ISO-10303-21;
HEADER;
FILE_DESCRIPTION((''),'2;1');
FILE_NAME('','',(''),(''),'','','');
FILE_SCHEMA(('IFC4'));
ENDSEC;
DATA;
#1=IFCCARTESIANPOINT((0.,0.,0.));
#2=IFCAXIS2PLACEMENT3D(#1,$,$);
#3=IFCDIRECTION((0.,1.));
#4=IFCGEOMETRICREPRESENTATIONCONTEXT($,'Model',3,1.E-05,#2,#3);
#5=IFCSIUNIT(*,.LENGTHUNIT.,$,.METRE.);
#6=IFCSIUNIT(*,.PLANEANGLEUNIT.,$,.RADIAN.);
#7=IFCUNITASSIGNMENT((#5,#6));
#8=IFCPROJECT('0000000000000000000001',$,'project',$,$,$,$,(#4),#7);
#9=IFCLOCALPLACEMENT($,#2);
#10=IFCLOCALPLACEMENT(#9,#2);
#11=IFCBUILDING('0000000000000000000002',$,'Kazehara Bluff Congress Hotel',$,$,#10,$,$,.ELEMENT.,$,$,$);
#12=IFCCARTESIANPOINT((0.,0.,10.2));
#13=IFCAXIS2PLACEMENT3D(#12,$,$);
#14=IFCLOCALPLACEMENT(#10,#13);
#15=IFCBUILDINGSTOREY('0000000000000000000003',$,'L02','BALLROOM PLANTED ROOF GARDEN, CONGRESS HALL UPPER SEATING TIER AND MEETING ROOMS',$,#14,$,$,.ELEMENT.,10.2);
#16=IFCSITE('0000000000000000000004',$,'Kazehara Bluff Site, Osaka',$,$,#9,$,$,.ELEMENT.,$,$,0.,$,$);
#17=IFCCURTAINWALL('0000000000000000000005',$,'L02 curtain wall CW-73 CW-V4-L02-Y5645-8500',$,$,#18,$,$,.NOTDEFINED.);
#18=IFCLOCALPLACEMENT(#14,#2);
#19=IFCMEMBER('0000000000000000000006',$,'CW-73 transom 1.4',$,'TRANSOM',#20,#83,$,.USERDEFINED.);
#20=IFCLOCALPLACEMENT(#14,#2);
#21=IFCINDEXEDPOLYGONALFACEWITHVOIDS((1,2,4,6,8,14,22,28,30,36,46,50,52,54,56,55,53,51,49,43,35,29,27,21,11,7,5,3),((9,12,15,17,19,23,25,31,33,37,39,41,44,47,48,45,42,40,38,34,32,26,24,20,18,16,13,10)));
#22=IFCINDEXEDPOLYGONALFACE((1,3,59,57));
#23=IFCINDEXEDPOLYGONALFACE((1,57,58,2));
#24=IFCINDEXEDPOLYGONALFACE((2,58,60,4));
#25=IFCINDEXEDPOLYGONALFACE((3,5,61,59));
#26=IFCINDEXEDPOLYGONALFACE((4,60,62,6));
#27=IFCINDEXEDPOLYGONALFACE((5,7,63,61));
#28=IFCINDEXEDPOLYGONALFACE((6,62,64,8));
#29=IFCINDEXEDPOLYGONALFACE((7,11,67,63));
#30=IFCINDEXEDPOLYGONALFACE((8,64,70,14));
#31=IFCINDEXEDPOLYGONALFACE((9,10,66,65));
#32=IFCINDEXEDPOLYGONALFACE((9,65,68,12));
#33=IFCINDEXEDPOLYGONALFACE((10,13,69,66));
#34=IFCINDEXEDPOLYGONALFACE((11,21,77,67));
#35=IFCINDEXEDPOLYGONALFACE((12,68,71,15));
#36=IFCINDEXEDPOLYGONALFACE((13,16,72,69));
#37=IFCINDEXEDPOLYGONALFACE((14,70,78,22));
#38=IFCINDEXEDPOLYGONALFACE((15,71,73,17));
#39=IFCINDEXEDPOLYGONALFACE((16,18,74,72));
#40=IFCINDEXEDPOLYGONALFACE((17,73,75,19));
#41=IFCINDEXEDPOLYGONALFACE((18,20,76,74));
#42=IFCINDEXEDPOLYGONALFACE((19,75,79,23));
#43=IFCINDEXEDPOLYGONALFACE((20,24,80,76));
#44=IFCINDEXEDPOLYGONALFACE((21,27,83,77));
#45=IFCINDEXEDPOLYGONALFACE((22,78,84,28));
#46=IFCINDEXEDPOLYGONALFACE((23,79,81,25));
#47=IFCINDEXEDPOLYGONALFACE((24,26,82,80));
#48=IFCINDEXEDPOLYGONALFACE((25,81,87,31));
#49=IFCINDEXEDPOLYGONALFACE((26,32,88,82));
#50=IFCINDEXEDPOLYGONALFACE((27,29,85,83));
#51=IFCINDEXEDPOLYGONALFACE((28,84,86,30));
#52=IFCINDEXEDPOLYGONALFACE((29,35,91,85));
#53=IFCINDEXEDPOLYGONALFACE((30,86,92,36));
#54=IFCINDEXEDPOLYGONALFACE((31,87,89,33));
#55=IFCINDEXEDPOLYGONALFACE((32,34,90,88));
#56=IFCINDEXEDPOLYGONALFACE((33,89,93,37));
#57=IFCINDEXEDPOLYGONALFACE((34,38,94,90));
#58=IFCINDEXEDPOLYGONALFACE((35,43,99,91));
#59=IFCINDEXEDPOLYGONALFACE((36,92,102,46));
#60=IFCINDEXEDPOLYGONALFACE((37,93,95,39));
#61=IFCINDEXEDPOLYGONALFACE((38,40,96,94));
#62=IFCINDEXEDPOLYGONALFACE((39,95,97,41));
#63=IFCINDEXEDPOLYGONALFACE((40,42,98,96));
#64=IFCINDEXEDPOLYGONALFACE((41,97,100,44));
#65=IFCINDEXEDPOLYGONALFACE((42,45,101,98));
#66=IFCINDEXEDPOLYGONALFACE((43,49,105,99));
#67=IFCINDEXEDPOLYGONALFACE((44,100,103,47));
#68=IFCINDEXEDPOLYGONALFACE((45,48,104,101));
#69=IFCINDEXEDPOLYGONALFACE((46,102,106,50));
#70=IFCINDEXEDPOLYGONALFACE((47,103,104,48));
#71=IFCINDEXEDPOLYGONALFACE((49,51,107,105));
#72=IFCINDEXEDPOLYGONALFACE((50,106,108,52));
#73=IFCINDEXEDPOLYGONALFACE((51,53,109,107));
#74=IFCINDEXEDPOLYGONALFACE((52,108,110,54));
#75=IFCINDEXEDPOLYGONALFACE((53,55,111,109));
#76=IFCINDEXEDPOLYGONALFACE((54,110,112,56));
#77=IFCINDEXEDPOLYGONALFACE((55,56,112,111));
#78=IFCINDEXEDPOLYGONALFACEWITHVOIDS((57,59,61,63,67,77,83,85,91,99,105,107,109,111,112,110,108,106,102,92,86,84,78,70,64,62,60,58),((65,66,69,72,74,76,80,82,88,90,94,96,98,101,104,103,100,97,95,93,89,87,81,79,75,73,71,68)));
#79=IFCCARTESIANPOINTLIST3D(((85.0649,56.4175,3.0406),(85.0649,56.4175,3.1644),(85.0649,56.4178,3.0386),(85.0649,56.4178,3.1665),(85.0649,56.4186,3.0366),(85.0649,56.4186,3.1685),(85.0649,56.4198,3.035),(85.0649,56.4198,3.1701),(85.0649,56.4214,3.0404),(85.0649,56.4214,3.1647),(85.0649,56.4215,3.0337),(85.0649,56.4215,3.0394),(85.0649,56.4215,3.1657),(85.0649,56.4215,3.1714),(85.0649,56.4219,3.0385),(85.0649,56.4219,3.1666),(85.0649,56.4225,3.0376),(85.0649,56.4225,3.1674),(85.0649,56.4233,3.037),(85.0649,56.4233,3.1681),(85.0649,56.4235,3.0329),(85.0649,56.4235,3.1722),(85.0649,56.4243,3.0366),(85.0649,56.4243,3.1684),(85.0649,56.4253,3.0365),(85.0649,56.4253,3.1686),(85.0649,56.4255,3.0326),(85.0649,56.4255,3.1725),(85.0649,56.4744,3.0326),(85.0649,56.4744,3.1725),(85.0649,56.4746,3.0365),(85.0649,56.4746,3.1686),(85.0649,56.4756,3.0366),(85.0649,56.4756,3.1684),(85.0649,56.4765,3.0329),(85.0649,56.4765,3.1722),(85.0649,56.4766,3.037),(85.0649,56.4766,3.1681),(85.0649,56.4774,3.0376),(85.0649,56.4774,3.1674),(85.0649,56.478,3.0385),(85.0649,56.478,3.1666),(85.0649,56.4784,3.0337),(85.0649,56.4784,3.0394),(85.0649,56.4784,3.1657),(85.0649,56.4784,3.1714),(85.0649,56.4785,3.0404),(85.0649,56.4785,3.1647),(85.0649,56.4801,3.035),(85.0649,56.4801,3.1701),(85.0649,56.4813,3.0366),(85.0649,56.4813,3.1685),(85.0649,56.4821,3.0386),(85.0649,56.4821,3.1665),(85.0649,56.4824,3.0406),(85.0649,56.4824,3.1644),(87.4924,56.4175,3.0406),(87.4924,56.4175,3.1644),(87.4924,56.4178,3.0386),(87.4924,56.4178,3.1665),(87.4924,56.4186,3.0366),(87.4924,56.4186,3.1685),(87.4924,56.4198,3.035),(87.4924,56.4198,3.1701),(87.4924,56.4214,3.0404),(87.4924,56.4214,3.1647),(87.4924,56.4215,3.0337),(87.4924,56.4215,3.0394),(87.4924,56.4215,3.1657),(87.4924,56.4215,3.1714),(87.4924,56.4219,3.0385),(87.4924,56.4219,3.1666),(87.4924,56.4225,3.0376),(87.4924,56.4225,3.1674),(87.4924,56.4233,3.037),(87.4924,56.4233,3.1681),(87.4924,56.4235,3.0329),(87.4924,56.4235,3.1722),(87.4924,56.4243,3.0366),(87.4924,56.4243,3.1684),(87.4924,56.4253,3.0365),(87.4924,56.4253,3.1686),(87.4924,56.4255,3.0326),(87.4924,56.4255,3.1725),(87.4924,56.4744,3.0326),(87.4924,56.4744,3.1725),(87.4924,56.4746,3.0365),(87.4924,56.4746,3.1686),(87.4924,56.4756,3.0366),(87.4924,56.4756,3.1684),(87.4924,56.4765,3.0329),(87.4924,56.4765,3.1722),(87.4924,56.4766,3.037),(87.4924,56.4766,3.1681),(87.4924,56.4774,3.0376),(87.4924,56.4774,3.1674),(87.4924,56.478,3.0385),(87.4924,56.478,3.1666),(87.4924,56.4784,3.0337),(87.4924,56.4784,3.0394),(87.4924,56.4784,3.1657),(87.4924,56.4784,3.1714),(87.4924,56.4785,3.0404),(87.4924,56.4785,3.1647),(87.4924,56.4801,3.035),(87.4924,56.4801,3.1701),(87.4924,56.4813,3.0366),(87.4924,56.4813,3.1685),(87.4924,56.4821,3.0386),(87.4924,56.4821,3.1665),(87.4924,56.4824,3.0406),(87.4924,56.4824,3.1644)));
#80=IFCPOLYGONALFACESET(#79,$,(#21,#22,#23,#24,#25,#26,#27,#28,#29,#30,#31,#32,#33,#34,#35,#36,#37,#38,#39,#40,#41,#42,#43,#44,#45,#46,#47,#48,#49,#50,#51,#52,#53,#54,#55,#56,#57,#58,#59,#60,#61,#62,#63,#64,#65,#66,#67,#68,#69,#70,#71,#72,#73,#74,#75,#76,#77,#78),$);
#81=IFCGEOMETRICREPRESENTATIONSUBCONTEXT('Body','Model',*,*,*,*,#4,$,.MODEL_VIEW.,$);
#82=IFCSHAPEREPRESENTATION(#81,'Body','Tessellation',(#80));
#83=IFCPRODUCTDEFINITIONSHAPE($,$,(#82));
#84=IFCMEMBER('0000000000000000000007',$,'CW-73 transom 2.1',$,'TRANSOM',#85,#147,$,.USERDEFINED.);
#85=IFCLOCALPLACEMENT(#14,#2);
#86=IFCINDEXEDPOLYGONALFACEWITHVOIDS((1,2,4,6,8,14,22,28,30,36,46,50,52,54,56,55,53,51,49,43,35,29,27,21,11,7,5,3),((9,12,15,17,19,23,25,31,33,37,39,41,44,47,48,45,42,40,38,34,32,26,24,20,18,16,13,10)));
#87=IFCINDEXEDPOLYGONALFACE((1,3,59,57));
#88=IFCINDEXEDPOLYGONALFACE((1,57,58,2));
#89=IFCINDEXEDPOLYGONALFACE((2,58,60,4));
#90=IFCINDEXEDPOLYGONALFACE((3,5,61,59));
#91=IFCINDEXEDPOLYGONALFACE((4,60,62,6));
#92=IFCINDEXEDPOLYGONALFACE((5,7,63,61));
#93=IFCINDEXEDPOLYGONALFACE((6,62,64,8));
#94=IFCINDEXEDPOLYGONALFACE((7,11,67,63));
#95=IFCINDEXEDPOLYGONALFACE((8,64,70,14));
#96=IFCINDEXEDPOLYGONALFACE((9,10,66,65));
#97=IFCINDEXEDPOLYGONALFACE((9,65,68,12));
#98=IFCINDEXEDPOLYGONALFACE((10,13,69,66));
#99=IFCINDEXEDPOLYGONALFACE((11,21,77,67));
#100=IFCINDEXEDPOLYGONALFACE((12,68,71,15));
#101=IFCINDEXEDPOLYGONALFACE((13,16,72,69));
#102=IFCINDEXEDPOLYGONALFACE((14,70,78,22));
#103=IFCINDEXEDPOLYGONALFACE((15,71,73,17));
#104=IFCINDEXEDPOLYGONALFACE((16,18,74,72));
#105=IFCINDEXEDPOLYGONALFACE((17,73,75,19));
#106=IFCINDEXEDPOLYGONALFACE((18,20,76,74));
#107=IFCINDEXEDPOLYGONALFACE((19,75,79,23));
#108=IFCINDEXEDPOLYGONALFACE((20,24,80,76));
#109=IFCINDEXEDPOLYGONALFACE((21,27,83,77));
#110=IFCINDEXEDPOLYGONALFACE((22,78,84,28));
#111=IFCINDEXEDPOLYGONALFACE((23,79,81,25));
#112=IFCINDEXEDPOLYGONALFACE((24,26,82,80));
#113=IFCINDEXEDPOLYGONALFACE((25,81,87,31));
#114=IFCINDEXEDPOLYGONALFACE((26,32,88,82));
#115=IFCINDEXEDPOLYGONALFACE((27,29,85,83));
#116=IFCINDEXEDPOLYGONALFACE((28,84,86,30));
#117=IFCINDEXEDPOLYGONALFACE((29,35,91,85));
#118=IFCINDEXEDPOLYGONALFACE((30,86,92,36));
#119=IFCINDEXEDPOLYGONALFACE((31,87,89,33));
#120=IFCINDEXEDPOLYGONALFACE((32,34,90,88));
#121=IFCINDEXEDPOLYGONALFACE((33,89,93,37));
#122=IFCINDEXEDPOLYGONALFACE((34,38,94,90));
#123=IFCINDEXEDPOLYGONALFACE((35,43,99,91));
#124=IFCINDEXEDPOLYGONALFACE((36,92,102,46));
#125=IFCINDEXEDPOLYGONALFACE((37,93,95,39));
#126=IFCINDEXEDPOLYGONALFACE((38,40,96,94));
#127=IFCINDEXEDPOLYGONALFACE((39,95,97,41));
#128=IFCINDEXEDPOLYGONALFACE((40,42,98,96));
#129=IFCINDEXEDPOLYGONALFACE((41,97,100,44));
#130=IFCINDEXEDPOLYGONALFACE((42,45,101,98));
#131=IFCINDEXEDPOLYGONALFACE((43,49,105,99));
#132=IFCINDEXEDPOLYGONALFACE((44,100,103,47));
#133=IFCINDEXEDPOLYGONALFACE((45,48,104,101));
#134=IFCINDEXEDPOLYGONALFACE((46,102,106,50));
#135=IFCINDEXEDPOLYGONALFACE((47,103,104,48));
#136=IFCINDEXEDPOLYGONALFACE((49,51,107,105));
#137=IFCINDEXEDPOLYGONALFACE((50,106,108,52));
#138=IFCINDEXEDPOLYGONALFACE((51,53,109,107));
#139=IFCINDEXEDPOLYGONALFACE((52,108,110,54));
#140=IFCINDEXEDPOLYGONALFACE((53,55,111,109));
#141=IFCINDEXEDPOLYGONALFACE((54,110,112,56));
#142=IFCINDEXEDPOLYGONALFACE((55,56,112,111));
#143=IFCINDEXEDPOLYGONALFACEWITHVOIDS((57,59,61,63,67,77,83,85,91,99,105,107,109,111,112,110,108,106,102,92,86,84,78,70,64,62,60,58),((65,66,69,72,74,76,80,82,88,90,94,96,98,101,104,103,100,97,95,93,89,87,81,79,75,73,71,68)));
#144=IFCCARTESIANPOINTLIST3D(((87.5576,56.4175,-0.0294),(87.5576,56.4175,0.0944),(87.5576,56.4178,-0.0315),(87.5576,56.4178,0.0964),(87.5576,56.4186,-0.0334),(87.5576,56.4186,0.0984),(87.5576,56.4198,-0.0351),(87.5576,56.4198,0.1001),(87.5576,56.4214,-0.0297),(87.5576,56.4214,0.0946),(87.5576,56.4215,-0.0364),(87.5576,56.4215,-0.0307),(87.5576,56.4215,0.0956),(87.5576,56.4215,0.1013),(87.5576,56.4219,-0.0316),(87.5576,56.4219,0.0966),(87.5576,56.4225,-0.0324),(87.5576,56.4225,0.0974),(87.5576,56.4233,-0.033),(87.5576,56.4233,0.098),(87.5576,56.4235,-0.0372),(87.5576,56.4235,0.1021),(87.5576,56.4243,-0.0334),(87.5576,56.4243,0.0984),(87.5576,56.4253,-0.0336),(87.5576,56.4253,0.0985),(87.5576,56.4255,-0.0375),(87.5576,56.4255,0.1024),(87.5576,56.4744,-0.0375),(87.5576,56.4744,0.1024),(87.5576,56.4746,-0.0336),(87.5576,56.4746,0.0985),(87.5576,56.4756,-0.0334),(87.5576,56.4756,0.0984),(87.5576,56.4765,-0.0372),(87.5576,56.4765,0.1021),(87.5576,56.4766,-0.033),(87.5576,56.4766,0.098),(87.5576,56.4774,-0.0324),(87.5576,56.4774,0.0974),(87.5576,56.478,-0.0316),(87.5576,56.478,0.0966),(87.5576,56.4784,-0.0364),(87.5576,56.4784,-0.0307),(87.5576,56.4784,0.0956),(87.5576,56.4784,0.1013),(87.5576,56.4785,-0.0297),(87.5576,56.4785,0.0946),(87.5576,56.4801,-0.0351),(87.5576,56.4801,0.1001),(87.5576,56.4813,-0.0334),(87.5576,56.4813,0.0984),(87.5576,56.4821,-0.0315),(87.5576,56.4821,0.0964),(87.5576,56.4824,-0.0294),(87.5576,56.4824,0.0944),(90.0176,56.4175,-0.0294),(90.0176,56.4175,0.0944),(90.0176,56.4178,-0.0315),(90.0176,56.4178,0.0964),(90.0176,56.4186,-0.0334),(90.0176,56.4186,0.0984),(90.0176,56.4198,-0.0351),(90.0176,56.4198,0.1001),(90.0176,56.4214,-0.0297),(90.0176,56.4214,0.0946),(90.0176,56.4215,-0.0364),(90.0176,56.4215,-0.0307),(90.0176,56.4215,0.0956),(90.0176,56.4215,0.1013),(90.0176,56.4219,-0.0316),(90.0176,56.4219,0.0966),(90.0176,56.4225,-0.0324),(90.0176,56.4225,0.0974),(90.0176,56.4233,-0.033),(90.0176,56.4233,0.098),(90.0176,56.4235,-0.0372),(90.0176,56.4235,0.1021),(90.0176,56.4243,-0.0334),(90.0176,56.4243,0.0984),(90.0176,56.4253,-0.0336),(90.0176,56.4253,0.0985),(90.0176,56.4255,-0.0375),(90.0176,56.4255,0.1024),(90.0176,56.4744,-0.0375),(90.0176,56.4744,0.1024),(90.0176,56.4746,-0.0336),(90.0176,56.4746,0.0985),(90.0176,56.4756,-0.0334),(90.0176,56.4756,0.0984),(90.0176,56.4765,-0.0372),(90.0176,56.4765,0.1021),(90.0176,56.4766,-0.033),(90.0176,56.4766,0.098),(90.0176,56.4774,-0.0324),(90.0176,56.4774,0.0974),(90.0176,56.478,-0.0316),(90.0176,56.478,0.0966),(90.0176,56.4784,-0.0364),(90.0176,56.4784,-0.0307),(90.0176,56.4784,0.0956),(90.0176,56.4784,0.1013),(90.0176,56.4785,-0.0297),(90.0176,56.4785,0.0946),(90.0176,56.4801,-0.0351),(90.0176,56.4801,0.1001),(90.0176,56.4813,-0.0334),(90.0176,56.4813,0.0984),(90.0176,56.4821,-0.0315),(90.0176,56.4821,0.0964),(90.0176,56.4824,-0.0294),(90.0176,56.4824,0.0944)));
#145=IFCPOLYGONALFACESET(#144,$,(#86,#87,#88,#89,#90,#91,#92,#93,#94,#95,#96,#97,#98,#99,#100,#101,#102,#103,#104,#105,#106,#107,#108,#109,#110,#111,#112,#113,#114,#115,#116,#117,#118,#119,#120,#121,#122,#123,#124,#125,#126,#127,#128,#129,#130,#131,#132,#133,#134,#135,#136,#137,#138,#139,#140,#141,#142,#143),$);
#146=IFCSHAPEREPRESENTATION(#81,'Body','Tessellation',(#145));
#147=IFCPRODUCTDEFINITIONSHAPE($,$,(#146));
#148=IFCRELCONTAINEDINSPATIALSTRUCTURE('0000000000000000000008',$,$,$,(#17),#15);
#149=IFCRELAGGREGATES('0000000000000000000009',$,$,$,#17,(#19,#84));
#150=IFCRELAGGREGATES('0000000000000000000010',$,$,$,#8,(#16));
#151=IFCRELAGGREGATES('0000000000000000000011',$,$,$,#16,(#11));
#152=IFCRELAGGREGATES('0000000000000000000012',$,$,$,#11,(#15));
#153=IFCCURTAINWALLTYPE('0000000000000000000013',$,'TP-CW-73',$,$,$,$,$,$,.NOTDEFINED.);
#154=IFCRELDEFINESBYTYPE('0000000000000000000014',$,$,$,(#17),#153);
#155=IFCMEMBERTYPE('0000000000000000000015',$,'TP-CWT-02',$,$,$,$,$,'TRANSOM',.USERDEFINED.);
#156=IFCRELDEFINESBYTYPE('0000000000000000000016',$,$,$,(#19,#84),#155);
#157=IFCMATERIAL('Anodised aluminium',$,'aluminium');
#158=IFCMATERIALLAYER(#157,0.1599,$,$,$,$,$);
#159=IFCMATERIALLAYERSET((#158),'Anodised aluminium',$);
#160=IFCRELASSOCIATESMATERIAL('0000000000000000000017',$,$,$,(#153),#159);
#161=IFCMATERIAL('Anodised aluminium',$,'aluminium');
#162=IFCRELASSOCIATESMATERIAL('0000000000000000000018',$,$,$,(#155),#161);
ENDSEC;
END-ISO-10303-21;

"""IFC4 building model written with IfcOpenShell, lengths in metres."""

from ifc_helpers import new_model, si_unit, direction, frame, origin, origin_2d, place, context, subcontext, project, spatial, hollow_rectangle, extrude, material, layer, layer_set, material_profile, profile_set, type_object, element, aggregate, save


model = new_model("IFC4")

# Units and contexts
model_context = context("Model", 3, precision=1e-05, world=origin(), true_north=direction((0.0, 1.0)))
body_context = subcontext(model_context, "Body", "Model", "MODEL_VIEW")
ifc_project = project(units=[si_unit("LENGTHUNIT", "METRE"), si_unit("PLANEANGLEUNIT", "RADIAN")], contexts=[model_context])

# Site, building, storey
site_placement = place(None, origin())
site = spatial("IfcSite", under=ifc_project, at=site_placement, Name="Kazehara Bluff Site, Osaka", CompositionType="ELEMENT", RefElevation=0.0)
building_placement = place(site_placement, origin())
building = spatial("IfcBuilding", under=site, at=building_placement, Name="Kazehara Bluff Congress Hotel", CompositionType="ELEMENT")
storey_placement = place(building_placement, frame((0.0, 0.0, 10.2)))
storey = spatial("IfcBuildingStorey", under=building, at=storey_placement, Name="L02", Description="BALLROOM PLANTED ROOF GARDEN, CONGRESS HALL UPPER SEATING TIER AND MEETING ROOMS", CompositionType="ELEMENT", Elevation=10.2)

# Curtain wall, members
ifc_material_1 = material(Name="Anodised aluminium", Category="aluminium")
ifc_layer_1 = layer(ifc_material_1, 0.1599)
ifc_layer_set_1 = layer_set([ifc_layer_1], Name="Anodised aluminium")
curtain_wall_type = type_object("IfcCurtainWallType", Name="TP-CW-73", PredefinedType="NOTDEFINED", material=ifc_layer_set_1)
curtain_wall_placement = place(storey_placement, origin())
curtain_wall = element("IfcCurtainWall", 1, at=curtain_wall_placement, inside=storey, type_object=curtain_wall_type, Name="L02 curtain wall CW-73 CW-V4-L02-Y5645-8500", PredefinedType="NOTDEFINED")
ifc_material_2 = material(Name="Anodised aluminium", Category="aluminium")
ifc_material_profile_1 = material_profile(ifc_material_2, hollow_rectangle(XDim=0.0649, YDim=0.1399, WallThickness=0.0039, InnerFilletRadius=0.0039, OuterFilletRadius=0.0081, at=origin_2d()))
ifc_profile_set_1 = profile_set([ifc_material_profile_1], Name="Anodised aluminium")
member_type_1 = type_object("IfcMemberType", Name="TP-CWT-02", ElementType="TRANSOM", PredefinedType="USERDEFINED", material=ifc_profile_set_1)
member_1_placement = place(storey_placement, frame((85.0649, 56.45, 3.1025), z_axis=(1.0, 0.0, 0.0), x_axis=(0.0, 1.0, 0.0)))
member_1 = element("IfcMember", 2, at=member_1_placement, type_object=member_type_1, Name="CW-73 transom 1.4", ObjectType="TRANSOM", PredefinedType="USERDEFINED", context=body_context, shape_type="SweptSolid", body=[
    extrude(hollow_rectangle(XDim=0.0649, YDim=0.1399, WallThickness=0.0039, InnerFilletRadius=0.0039, OuterFilletRadius=0.0081, at=origin_2d()), origin(), (0.0, 0.0, 1.0), 2.4275),
])
member_2_placement = place(storey_placement, frame((87.5576, 56.45, 0.0325), z_axis=(1.0, 0.0, 0.0), x_axis=(0.0, 1.0, 0.0)))
member_2 = element("IfcMember", 3, at=member_2_placement, type_object=member_type_1, Name="CW-73 transom 2.1", ObjectType="TRANSOM", PredefinedType="USERDEFINED", context=body_context, shape_type="SweptSolid", body=[
    extrude(hollow_rectangle(XDim=0.0649, YDim=0.1399, WallThickness=0.0039, InnerFilletRadius=0.0039, OuterFilletRadius=0.0081, at=origin_2d()), origin(), (0.0, 0.0, 1.0), 2.46),
])
aggregate(curtain_wall, [member_1, member_2])

save(model, "model.ifc")
